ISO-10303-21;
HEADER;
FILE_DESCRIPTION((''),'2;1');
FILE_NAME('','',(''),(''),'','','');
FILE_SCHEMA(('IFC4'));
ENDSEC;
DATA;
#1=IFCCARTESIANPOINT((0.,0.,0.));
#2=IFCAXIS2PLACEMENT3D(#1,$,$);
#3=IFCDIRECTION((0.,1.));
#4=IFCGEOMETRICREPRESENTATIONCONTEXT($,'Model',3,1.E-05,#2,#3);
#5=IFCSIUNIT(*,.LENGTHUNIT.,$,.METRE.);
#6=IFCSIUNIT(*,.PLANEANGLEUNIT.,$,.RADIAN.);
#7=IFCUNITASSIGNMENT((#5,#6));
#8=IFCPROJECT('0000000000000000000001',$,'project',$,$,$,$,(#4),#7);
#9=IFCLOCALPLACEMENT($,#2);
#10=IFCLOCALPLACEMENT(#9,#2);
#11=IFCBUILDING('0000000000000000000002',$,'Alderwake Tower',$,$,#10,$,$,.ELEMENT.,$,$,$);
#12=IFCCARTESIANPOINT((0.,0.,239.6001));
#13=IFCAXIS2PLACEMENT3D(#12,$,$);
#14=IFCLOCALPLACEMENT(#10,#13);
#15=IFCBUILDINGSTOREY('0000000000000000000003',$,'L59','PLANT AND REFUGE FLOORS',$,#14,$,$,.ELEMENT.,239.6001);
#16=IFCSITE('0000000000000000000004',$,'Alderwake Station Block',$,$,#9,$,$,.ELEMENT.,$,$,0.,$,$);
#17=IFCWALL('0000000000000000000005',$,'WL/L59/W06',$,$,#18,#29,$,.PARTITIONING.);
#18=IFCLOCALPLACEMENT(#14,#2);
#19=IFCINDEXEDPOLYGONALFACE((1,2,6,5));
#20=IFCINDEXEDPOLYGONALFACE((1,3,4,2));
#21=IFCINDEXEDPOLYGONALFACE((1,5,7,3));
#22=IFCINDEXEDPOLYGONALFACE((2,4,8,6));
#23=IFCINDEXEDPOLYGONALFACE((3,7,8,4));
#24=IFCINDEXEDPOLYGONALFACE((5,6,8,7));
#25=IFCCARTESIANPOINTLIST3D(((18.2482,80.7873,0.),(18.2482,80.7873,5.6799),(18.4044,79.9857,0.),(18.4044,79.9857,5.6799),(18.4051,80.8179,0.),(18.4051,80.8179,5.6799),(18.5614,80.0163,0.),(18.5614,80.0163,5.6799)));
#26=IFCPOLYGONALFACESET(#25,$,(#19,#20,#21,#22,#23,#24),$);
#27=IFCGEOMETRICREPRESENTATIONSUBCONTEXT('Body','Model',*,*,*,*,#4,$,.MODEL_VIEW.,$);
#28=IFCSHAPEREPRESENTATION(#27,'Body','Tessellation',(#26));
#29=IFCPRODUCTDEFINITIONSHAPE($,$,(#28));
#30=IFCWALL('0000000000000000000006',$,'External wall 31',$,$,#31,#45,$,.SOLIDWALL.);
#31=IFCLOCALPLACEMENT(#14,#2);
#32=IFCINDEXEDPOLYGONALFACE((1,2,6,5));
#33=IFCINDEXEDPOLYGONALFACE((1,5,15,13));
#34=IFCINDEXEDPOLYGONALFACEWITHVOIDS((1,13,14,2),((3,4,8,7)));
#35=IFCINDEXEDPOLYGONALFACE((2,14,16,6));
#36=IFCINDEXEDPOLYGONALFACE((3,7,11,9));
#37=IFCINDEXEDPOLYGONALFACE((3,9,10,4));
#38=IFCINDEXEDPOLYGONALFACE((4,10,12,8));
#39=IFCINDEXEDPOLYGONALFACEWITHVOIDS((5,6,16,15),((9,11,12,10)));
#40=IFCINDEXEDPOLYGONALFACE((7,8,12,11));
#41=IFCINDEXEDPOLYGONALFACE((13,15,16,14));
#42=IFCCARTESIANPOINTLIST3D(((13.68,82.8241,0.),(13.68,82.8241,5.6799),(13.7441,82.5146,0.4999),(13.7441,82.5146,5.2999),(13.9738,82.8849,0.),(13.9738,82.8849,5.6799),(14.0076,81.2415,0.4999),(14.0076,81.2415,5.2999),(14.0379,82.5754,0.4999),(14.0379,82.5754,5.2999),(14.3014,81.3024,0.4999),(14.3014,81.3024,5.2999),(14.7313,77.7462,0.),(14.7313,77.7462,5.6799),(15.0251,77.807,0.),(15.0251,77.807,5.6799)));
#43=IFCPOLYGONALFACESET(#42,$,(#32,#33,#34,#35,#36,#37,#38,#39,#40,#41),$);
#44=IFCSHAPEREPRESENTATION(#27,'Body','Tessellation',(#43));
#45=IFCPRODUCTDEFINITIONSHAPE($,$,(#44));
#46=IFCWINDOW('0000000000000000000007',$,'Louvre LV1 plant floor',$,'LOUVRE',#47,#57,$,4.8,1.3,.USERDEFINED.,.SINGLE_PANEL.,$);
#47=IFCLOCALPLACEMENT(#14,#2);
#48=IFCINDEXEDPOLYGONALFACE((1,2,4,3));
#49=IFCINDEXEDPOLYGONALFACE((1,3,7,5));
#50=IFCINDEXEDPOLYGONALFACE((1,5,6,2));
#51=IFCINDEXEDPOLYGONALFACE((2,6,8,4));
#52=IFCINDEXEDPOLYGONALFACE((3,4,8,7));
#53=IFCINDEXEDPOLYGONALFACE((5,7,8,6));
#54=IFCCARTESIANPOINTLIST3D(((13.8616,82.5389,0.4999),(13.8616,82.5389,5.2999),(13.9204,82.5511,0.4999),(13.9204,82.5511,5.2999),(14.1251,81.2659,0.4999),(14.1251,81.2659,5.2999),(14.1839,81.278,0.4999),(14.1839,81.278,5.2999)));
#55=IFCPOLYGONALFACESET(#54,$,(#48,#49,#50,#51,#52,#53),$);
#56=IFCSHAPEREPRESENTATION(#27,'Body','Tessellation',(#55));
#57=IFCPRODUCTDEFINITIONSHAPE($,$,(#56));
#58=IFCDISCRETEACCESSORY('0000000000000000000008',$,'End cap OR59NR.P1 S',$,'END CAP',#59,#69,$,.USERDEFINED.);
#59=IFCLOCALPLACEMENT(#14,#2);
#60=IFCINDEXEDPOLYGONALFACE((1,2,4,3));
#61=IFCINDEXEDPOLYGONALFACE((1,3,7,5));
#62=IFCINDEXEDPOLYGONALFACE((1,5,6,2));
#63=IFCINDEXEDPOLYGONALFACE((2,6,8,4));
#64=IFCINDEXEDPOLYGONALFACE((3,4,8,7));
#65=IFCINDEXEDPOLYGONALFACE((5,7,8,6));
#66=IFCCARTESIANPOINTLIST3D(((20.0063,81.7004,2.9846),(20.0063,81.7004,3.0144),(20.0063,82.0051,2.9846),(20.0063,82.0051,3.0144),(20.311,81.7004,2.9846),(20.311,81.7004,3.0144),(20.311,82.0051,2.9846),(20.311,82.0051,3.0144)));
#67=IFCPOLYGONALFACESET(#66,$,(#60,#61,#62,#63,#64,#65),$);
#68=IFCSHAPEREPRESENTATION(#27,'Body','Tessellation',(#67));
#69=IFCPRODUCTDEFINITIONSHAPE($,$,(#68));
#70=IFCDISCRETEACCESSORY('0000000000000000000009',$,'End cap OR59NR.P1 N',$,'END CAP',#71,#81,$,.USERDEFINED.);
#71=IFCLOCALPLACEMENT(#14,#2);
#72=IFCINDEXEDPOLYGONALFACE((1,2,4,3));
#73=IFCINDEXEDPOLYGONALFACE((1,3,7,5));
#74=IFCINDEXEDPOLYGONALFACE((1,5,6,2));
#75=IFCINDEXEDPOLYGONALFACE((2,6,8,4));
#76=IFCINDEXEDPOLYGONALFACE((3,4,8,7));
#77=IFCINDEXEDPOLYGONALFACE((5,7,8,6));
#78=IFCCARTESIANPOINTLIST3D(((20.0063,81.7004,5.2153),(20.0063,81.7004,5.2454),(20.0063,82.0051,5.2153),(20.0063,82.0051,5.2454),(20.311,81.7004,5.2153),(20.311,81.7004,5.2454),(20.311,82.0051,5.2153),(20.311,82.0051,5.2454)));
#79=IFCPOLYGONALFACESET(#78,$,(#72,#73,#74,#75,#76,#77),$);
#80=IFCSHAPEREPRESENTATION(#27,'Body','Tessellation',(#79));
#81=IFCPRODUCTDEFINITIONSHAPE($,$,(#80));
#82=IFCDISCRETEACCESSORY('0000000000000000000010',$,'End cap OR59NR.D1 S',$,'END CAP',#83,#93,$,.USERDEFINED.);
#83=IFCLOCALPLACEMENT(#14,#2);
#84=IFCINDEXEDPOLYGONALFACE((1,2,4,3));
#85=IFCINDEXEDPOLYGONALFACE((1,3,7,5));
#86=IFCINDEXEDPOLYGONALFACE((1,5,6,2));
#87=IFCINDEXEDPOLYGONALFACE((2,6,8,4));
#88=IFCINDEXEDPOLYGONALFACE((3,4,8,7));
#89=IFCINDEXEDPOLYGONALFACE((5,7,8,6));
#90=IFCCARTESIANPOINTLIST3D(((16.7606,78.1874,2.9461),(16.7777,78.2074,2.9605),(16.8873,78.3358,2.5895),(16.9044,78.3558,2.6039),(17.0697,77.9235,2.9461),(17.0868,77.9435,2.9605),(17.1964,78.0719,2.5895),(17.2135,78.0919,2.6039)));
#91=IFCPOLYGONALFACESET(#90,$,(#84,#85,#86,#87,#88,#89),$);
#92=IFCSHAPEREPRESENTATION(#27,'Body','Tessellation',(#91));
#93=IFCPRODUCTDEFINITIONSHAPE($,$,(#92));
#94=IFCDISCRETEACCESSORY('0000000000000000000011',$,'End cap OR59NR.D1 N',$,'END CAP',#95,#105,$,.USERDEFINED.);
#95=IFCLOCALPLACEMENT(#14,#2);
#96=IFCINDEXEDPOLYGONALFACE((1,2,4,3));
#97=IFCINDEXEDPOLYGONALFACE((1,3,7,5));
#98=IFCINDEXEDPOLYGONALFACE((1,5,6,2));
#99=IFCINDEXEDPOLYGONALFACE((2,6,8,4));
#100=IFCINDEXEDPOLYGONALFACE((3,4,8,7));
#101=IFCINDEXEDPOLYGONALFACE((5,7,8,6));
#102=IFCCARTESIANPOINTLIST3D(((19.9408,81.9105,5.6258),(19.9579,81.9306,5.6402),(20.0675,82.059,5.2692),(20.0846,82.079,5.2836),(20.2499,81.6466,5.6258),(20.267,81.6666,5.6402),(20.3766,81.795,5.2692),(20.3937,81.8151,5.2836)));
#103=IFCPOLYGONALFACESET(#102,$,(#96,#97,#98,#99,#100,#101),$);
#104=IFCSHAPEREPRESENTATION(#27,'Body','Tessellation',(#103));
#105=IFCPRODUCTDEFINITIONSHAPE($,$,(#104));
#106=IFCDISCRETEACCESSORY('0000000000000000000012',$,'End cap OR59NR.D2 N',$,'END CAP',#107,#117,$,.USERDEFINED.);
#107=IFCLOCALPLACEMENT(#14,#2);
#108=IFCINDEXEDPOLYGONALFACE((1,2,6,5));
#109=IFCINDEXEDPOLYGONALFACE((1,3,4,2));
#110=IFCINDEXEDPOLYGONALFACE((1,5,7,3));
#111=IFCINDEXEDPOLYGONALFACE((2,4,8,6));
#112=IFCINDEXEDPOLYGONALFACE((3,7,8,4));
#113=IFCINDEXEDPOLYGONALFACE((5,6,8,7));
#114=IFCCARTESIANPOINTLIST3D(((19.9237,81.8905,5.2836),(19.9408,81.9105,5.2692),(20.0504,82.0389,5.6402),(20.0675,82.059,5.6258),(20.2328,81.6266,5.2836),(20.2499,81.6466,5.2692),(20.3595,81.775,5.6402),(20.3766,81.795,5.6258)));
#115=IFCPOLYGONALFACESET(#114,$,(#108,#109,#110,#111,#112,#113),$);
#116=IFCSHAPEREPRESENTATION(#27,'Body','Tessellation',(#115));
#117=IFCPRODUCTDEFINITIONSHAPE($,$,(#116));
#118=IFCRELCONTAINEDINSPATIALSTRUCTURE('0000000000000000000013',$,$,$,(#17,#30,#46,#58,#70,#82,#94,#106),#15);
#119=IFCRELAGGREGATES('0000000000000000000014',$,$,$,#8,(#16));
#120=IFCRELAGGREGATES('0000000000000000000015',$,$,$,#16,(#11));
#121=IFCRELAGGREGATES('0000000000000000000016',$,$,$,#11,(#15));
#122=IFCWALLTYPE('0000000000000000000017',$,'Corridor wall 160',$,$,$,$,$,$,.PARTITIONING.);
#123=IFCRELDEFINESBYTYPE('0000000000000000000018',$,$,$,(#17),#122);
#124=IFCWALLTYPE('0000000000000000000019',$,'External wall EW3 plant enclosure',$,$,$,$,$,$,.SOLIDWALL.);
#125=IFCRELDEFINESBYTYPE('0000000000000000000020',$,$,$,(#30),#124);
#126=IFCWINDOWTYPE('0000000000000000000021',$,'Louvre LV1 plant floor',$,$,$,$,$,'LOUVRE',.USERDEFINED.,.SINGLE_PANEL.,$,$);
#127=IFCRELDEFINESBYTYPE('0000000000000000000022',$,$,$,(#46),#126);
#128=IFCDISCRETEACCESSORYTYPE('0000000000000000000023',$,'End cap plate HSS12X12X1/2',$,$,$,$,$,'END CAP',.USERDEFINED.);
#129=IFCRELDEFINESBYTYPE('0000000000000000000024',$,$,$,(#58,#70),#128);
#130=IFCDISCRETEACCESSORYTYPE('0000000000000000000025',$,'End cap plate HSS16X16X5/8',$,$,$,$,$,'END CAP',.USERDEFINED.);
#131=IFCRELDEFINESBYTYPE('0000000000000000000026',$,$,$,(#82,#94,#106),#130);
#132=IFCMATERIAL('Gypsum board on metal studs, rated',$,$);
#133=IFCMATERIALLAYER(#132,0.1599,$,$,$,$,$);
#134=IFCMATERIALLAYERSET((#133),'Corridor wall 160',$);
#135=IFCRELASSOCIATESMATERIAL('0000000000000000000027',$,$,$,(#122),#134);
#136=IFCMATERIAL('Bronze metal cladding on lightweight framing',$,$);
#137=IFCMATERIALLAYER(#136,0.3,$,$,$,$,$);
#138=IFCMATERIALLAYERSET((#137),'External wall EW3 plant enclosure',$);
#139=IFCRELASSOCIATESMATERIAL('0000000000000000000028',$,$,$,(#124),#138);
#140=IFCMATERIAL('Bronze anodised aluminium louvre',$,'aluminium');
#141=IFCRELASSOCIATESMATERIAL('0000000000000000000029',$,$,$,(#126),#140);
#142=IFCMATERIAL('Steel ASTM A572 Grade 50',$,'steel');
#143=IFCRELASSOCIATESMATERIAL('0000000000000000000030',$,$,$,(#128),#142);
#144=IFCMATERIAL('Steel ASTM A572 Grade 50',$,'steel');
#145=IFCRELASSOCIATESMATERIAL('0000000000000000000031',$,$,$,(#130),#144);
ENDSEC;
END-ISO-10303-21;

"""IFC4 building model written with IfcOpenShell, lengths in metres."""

from ifc_helpers import new_model, si_unit, direction, frame, frame_2d, origin, origin_2d, place, context, subcontext, project, spatial, rectangle, extrude, material, layer, layer_set, material_profile, profile_set, type_object, element, fill, save


model = new_model("IFC4")

# Units and contexts
model_context = context("Model", 3, precision=1e-05, world=origin(), true_north=direction((0.0, 1.0)))
body_context = subcontext(model_context, "Body", "Model", "MODEL_VIEW")
ifc_project = project(units=[si_unit("LENGTHUNIT", "METRE"), si_unit("PLANEANGLEUNIT", "RADIAN")], contexts=[model_context])

# Site, building, storey
site_placement = place(None, origin())
site = spatial("IfcSite", under=ifc_project, at=site_placement, Name="Alderwake Station Block", CompositionType="ELEMENT", RefElevation=0.0)
building_placement = place(site_placement, origin())
building = spatial("IfcBuilding", under=site, at=building_placement, Name="Alderwake Tower", CompositionType="ELEMENT")
storey_placement = place(building_placement, frame((0.0, 0.0, 239.6001)))
storey = spatial("IfcBuildingStorey", under=building, at=storey_placement, Name="L59", Description="PLANT AND REFUGE FLOORS", CompositionType="ELEMENT", Elevation=239.6001)

# Wall
ifc_material_1 = material(Name="Gypsum board on metal studs, rated")
ifc_layer_1 = layer(ifc_material_1, 0.1599)
ifc_layer_set_1 = layer_set([ifc_layer_1], Name="Corridor wall 160")
wall_type_1 = type_object("IfcWallType", Name="Corridor wall 160", PredefinedType="PARTITIONING", material=ifc_layer_set_1)
wall_1_placement = place(storey_placement, frame((18.3267, 80.8025, 0.0), z_axis=(0.0, 0.0, 1.0), x_axis=(0.191342, -0.981523, 0.0)))
element("IfcWall", 1, at=wall_1_placement, inside=storey, type_object=wall_type_1, Name="WL/L59/W06", PredefinedType="PARTITIONING", context=body_context, shape_type="SweptSolid", body=[
    extrude(rectangle(XDim=0.8167, YDim=0.1599, at=frame_2d((0.4082, 0.0))), origin(), (0.0, 0.0, 1.0), 5.6799),
])

# Wall, opening, window
ifc_material_2 = material(Name="Bronze metal cladding on lightweight framing")
ifc_layer_2 = layer(ifc_material_2, 0.3)
ifc_layer_set_2 = layer_set([ifc_layer_2], Name="External wall EW3 plant enclosure")
wall_type_2 = type_object("IfcWallType", Name="External wall EW3 plant enclosure", PredefinedType="SOLIDWALL", material=ifc_layer_set_2)
wall_2_placement = place(storey_placement, frame((13.8269, 82.8545, 0.0), z_axis=(0.0, 0.0, 1.0), x_axis=(0.20273, -0.979235, 0.0)))
wall_2 = element("IfcWall", 2, at=wall_2_placement, inside=storey, type_object=wall_type_2, Name="External wall 31", PredefinedType="SOLIDWALL", context=body_context, shape_type="SweptSolid", body=[
    extrude(rectangle(XDim=5.1855, YDim=0.3, at=frame_2d((2.5928, 0.0))), origin(), (0.0, 0.0, 1.0), 5.6799),
])
opening_placement = place(wall_2_placement, frame((0.3162, 0.0, 0.5)))
opening = element("IfcOpeningElement", 3, at=opening_placement, cuts=wall_2, PredefinedType="OPENING", context=body_context, shape_type="SweptSolid", body=[
    extrude(rectangle(XDim=1.3, YDim=4.8, at=frame_2d((0.6499, 2.3999))), frame((0.0, 0.1599, 0.0), z_axis=(0.0, -1.0, 0.0), x_axis=(1.0, 0.0, 0.0)), (0.0, 0.0, 1.0), 0.3201),
])
ifc_material_3 = material(Name="Bronze anodised aluminium louvre", Category="aluminium")
window_type = type_object("IfcWindowType", Name="Louvre LV1 plant floor", ElementType="LOUVRE", PartitioningType="SINGLE_PANEL", PredefinedType="USERDEFINED", material=ifc_material_3)
window_placement = place(opening_placement, origin())
window = element("IfcWindow", 4, at=window_placement, inside=storey, type_object=window_type, Name="Louvre LV1 plant floor", ObjectType="LOUVRE", OverallHeight=4.8, OverallWidth=1.3, PartitioningType="SINGLE_PANEL", PredefinedType="USERDEFINED", context=body_context, shape_type="SweptSolid", body=[
    extrude(rectangle(XDim=1.3, YDim=4.8, at=frame_2d((0.6499, 2.3999))), frame((0.0, 0.03, 0.0), z_axis=(0.0, -1.0, 0.0), x_axis=(1.0, 0.0, 0.0)), (0.0, 0.0, 1.0), 0.0601),
])
fill(opening, window)

# Discrete accessories
ifc_material_4 = material(Name="Steel ASTM A572 Grade 50", Category="steel")
ifc_material_profile_1 = material_profile(ifc_material_4, rectangle(XDim=0.3047, YDim=0.3047, at=origin_2d()), Name="HSS12X12X1/2 cap")
ifc_profile_set_1 = profile_set([ifc_material_profile_1], Name="Steel ASTM A572 Grade 50")
discrete_accessory_type_1 = type_object("IfcDiscreteAccessoryType", Name="End cap plate HSS12X12X1/2", ElementType="END CAP", PredefinedType="USERDEFINED", material=ifc_profile_set_1)
discrete_accessory_1_placement = place(storey_placement, frame((20.1587, 81.8528, 3.0144), z_axis=(0.0, 0.0, -1.0), x_axis=(1.0, 0.0, 0.0)))
element("IfcDiscreteAccessory", 5, at=discrete_accessory_1_placement, inside=storey, type_object=discrete_accessory_type_1, Name="End cap OR59NR.P1 S", ObjectType="END CAP", PredefinedType="USERDEFINED", context=body_context, shape_type="SweptSolid", body=[
    extrude(rectangle(XDim=0.3047, YDim=0.3047, at=origin_2d()), origin(), (0.0, 0.0, 1.0), 0.0298),
])
discrete_accessory_2_placement = place(storey_placement, frame((20.1587, 81.8528, 5.2153), z_axis=(0.0, 0.0, 1.0), x_axis=(1.0, 0.0, 0.0)))
element("IfcDiscreteAccessory", 6, at=discrete_accessory_2_placement, inside=storey, type_object=discrete_accessory_type_1, Name="End cap OR59NR.P1 N", ObjectType="END CAP", PredefinedType="USERDEFINED", context=body_context, shape_type="SweptSolid", body=[
    extrude(rectangle(XDim=0.3047, YDim=0.3047, at=origin_2d()), origin(), (0.0, 0.0, 1.0), 0.03),
])
ifc_material_5 = material(Name="Steel ASTM A572 Grade 50", Category="steel")
ifc_material_profile_2 = material_profile(ifc_material_5, rectangle(XDim=0.4065, YDim=0.4065, at=origin_2d()), Name="HSS16X16X5/8 cap")
ifc_profile_set_2 = profile_set([ifc_material_profile_2], Name="Steel ASTM A572 Grade 50")
discrete_accessory_type_2 = type_object("IfcDiscreteAccessoryType", Name="End cap plate HSS16X16X5/8", ElementType="END CAP", PredefinedType="USERDEFINED", material=ifc_profile_set_2)
for number, where, z_axis, x_axis, name in (
    (7, (16.9956, 78.1497, 2.7822), (-0.569558, -0.667196, -0.480056), (0.760565, -0.649262, 0.0), "End cap OR59NR.D1 S"),
    (8, (20.1587, 81.8528, 5.4475), (0.569558, 0.667196, 0.480056), (-0.760565, 0.649262, 0.0), "End cap OR59NR.D1 N"),
    (9, (20.1587, 81.8528, 5.4475), (-0.569558, -0.667196, 0.480056), (0.760565, -0.649262, 0.0), "End cap OR59NR.D2 N"),
):
    element("IfcDiscreteAccessory", number, at=place(storey_placement, frame(where, z_axis=z_axis, x_axis=x_axis)), inside=storey, type_object=discrete_accessory_type_2, Name=name, ObjectType="END CAP", PredefinedType="USERDEFINED", context=body_context, shape_type="SweptSolid", body=[
        extrude(rectangle(XDim=0.4065, YDim=0.4065, at=origin_2d()), origin(), (0.0, 0.0, 1.0), 0.03),
    ])

save(model, "model.ifc")
